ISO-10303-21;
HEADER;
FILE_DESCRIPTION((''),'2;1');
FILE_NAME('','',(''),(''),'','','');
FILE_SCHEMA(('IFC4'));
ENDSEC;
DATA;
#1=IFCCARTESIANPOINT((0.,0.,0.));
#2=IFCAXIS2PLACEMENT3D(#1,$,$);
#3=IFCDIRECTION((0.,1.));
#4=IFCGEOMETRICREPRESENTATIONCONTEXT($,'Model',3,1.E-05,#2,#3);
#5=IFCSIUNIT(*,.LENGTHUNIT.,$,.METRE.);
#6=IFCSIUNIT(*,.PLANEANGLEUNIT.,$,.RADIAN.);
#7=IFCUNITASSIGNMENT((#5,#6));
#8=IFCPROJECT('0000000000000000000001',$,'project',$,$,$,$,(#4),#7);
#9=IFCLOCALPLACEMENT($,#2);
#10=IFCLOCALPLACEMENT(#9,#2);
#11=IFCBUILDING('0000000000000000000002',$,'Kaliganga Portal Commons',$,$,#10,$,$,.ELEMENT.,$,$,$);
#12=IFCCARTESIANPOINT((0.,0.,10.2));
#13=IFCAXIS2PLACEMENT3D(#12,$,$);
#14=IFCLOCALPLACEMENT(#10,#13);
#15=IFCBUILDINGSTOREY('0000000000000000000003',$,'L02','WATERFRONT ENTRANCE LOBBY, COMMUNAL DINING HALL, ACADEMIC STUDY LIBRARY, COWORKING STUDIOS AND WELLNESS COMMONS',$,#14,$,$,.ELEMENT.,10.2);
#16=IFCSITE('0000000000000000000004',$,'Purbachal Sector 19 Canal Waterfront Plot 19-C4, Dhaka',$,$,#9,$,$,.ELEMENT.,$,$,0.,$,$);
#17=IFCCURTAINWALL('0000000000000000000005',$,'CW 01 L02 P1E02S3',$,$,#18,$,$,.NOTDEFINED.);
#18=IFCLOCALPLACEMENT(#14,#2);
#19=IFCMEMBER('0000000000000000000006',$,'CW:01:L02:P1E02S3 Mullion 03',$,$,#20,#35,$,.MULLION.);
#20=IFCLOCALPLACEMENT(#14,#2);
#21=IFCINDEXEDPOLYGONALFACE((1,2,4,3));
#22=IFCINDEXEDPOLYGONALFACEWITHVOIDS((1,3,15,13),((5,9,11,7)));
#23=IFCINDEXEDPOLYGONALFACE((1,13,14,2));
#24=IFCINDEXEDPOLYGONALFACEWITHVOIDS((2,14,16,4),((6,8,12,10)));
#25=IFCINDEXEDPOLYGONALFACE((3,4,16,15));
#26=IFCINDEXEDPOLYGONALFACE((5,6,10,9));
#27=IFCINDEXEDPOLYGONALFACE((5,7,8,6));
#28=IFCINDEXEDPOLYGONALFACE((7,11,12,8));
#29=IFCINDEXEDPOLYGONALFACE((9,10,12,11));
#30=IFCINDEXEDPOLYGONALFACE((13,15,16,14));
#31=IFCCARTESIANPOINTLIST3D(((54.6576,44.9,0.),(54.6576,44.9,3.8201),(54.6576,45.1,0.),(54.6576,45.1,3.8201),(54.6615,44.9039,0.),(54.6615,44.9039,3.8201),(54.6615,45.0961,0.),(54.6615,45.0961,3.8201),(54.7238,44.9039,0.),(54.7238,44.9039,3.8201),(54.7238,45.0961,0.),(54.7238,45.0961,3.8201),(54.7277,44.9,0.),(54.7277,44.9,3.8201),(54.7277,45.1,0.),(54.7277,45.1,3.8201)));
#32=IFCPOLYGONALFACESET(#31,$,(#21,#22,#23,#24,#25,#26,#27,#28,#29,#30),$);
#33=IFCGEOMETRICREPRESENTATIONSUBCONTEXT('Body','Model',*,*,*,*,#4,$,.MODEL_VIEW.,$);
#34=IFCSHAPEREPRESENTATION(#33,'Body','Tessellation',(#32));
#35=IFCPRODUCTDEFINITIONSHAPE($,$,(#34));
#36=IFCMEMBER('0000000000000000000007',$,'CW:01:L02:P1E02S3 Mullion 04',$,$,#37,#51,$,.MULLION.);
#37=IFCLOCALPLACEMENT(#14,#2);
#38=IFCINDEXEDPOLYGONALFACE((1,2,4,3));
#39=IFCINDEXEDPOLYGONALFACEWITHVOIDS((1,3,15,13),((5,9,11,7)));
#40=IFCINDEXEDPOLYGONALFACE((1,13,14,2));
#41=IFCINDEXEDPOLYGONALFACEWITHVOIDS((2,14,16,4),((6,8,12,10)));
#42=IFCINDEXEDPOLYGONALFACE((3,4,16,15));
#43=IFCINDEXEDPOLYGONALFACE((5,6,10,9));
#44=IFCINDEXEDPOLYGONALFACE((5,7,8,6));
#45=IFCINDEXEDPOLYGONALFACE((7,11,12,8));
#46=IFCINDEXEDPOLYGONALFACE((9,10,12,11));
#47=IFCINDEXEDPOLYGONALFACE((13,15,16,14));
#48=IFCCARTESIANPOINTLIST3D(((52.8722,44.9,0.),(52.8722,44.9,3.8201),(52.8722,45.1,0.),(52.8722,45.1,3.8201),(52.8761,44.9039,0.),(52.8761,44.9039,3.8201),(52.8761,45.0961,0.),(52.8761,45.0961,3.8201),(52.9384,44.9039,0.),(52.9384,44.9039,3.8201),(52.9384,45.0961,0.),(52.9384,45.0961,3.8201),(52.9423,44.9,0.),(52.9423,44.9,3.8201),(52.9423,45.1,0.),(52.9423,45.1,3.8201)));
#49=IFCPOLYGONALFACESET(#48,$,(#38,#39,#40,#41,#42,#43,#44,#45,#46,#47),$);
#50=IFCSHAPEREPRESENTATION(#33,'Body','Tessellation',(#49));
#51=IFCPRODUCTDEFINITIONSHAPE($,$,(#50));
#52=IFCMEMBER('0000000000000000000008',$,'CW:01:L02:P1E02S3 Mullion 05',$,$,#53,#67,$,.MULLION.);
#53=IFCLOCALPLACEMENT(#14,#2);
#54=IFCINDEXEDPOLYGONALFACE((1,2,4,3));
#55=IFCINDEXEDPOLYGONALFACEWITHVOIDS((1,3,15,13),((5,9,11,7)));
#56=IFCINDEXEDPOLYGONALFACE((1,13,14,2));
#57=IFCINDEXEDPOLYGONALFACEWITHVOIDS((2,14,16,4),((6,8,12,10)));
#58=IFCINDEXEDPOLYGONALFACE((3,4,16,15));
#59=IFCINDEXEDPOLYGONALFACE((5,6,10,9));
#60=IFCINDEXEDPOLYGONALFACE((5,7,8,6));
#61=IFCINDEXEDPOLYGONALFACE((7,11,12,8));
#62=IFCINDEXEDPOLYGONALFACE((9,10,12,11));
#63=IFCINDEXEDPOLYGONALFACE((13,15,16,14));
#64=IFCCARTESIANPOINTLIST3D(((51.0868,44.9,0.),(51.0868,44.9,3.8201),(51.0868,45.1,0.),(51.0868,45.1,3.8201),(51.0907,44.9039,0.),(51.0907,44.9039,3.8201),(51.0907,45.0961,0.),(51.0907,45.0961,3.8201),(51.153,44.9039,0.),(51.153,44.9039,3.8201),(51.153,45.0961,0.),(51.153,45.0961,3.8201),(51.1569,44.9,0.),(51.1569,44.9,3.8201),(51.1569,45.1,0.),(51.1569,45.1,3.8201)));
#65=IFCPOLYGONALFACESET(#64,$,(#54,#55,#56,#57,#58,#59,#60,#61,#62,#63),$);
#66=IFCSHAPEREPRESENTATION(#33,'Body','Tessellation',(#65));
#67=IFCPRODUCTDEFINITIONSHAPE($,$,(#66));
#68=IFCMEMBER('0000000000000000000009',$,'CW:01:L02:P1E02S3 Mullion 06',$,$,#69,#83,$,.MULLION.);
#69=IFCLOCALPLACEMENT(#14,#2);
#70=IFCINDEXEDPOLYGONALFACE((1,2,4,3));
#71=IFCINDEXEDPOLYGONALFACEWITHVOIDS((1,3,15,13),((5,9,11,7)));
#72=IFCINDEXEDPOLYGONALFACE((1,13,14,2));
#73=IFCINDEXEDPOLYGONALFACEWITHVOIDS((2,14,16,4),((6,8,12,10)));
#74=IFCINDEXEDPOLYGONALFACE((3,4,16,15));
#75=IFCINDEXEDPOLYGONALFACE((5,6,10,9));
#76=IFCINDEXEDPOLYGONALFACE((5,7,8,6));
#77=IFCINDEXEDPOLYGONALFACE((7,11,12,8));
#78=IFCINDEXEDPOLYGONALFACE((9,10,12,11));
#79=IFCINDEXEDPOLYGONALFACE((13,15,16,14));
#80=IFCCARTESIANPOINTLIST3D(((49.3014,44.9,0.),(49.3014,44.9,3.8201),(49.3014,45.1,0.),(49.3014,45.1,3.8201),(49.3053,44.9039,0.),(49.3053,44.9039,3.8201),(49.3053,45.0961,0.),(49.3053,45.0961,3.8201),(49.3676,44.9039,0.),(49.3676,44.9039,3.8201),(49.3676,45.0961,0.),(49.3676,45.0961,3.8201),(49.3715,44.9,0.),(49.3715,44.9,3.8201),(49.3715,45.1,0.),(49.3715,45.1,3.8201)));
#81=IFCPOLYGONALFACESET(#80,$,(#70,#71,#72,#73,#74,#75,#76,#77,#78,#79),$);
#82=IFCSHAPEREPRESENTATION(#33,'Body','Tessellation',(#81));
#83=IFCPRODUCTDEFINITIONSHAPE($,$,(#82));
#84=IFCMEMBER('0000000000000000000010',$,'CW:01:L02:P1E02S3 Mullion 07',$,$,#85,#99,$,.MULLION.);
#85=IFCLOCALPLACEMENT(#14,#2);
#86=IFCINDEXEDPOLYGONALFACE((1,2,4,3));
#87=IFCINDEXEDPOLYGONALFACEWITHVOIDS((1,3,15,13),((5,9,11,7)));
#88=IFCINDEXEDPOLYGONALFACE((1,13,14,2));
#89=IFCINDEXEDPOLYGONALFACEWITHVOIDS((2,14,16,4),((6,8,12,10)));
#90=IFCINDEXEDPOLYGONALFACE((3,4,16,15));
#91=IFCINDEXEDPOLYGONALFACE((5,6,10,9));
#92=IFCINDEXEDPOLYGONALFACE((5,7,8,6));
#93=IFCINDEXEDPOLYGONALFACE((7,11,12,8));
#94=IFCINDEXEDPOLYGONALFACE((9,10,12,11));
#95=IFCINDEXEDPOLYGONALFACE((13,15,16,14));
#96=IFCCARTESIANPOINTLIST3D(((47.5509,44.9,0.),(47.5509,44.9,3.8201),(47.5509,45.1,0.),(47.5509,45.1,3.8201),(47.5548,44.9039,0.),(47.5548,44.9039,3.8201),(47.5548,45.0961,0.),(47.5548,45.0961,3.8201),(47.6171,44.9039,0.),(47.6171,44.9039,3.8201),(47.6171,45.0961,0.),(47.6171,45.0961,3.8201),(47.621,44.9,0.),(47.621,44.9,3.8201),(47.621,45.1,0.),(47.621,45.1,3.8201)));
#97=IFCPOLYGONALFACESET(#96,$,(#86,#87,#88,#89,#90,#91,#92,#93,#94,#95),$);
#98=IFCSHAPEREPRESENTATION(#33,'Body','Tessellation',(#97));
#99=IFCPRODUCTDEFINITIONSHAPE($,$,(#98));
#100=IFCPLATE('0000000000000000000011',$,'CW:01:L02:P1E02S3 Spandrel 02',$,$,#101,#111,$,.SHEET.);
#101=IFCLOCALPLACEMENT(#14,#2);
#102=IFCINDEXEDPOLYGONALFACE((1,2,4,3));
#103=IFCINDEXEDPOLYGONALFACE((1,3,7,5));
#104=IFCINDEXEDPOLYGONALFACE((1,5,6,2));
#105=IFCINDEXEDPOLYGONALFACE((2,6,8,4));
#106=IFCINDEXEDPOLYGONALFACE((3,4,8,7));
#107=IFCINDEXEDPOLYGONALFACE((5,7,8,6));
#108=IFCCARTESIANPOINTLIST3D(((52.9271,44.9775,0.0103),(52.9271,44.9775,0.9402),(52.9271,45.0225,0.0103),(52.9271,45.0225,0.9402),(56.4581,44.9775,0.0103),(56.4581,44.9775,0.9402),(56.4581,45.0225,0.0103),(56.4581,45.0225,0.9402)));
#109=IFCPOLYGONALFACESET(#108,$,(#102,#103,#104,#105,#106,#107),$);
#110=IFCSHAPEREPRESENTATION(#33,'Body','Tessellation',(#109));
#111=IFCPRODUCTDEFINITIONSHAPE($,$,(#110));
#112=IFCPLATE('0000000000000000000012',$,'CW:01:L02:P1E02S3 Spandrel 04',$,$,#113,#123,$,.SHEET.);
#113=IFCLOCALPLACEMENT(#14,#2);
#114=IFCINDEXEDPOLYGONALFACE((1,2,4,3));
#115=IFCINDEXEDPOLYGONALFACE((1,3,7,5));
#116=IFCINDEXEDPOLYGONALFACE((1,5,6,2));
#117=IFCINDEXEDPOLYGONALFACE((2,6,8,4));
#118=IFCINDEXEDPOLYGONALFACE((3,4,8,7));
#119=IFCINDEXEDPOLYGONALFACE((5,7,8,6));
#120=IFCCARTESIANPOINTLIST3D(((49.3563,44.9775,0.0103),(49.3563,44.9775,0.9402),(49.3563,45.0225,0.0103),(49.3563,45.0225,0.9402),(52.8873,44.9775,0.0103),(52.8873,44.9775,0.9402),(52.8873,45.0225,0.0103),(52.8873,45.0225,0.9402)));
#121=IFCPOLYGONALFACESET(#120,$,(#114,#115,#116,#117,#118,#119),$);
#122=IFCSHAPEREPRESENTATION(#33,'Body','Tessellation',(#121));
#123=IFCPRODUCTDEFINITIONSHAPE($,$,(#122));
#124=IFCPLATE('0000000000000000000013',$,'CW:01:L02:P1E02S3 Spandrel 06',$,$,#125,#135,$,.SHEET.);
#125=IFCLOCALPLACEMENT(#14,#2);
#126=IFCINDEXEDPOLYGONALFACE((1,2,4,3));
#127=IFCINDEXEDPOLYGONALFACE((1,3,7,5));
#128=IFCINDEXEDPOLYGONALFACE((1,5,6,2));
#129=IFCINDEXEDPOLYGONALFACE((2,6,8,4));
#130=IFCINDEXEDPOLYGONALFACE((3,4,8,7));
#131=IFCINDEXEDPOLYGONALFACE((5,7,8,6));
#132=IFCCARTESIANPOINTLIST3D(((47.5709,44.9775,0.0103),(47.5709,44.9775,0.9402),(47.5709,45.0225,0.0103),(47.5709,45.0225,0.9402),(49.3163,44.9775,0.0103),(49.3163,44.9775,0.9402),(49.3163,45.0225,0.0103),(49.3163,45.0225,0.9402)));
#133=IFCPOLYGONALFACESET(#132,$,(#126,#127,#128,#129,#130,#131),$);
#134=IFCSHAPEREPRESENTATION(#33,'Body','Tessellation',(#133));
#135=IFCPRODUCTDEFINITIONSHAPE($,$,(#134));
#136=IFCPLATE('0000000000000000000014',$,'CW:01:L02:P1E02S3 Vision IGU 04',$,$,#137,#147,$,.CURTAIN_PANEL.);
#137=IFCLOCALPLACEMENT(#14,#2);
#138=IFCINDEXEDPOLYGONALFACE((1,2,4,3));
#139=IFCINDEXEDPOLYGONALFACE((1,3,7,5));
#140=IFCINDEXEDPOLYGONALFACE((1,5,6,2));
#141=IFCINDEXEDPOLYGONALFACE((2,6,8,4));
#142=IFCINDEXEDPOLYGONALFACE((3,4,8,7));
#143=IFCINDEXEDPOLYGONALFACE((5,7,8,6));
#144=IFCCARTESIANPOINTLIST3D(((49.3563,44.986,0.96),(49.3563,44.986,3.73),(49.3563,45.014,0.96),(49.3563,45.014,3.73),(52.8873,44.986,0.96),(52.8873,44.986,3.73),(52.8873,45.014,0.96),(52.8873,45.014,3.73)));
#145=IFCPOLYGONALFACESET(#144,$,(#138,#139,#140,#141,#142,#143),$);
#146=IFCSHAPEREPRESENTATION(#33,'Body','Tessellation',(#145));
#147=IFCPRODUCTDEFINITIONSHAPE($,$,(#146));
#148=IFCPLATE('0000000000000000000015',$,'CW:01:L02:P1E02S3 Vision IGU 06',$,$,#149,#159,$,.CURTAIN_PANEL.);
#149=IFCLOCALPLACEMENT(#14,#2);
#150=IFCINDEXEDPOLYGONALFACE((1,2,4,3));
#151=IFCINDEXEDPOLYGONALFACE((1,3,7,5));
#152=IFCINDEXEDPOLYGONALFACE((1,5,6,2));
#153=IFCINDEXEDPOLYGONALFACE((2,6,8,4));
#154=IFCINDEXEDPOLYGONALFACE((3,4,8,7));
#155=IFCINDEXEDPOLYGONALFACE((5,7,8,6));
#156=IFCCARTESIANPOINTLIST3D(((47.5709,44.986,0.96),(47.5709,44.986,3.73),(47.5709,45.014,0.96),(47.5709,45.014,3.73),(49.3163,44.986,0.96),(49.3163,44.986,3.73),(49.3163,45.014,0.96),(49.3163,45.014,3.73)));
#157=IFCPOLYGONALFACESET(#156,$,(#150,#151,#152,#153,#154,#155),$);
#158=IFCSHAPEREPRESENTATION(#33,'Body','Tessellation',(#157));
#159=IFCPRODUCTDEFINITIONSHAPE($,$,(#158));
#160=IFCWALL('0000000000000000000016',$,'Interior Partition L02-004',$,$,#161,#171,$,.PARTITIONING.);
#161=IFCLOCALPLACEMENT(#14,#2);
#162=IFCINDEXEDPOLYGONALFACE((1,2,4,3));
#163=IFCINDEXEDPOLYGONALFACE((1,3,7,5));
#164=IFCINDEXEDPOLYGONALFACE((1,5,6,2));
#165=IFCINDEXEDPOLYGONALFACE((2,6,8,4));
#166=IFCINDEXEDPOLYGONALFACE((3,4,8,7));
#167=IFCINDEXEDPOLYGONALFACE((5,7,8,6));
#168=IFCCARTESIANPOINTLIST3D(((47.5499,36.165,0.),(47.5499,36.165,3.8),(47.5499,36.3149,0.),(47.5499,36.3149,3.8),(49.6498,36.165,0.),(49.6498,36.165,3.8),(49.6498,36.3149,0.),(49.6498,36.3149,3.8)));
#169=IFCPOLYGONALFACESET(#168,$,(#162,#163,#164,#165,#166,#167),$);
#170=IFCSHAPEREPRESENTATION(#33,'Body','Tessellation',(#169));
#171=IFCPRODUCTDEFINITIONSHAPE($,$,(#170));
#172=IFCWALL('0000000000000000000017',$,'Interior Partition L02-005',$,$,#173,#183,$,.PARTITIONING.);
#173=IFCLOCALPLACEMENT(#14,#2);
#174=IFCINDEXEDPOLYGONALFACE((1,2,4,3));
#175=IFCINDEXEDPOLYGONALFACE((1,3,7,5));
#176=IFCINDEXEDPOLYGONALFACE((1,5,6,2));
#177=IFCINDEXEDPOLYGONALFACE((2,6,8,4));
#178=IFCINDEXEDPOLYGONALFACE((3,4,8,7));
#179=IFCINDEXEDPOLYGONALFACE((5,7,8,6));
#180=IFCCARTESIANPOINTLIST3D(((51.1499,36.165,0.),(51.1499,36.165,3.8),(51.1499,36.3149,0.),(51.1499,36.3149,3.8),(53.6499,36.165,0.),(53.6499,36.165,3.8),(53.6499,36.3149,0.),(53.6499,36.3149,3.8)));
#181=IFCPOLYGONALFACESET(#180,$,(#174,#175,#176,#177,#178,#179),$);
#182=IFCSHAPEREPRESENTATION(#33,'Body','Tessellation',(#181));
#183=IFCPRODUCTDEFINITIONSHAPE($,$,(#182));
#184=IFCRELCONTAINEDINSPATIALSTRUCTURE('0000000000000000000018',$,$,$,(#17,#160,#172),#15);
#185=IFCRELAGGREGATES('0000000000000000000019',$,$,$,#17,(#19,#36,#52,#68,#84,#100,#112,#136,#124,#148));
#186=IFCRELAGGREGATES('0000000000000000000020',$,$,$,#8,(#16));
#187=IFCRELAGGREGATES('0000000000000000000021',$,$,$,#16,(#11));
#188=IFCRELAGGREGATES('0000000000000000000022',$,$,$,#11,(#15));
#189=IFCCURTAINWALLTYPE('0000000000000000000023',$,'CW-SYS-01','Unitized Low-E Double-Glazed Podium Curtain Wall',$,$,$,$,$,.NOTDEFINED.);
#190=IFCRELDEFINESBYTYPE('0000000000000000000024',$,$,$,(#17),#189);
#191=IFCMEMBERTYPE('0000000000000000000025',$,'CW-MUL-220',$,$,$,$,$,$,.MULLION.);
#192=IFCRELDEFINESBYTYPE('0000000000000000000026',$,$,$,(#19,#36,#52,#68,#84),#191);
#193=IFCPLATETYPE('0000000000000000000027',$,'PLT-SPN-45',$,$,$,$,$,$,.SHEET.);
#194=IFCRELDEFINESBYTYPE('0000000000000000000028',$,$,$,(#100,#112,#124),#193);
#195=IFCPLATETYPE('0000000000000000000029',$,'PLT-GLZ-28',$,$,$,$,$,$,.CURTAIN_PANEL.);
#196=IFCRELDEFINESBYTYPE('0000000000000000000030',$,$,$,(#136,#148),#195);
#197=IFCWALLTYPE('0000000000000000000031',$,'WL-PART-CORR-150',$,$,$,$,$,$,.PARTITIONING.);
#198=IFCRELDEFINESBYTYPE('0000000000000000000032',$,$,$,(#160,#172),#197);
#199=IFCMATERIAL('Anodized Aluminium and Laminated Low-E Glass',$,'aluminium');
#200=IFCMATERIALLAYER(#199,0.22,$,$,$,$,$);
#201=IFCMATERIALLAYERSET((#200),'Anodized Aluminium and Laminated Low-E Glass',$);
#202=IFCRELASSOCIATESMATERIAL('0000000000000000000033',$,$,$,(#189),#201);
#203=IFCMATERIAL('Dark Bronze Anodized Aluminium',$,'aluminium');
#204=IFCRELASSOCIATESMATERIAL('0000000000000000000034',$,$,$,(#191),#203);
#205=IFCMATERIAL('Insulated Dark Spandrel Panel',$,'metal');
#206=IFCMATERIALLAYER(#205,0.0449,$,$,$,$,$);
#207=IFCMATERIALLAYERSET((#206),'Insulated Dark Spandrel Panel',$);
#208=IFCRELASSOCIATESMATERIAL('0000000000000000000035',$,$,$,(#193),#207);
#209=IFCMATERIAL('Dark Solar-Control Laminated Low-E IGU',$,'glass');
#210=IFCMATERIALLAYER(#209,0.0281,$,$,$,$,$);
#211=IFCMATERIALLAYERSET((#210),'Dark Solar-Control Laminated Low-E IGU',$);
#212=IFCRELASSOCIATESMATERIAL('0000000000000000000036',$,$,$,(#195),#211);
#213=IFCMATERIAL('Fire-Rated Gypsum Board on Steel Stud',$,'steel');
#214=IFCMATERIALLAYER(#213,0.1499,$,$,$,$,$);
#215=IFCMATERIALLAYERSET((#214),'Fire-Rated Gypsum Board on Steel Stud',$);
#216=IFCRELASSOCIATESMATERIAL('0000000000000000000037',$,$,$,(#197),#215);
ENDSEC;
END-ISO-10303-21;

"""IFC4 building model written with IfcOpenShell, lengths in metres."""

from ifc_helpers import new_model, si_unit, direction, frame, frame_2d, origin, origin_2d, place, context, subcontext, project, spatial, rectangle, hollow_rectangle, extrude, source, transform, mapped, material, layer, layer_set, material_profile, profile_set, type_object, element, aggregate, save


model = new_model("IFC4")

# Units and contexts
model_context = context("Model", 3, precision=1e-05, world=origin(), true_north=direction((0.0, 1.0)))
body_context = subcontext(model_context, "Body", "Model", "MODEL_VIEW")
ifc_project = project(units=[si_unit("LENGTHUNIT", "METRE"), si_unit("PLANEANGLEUNIT", "RADIAN")], contexts=[model_context])

# Site, building, storey
site_placement = place(None, origin())
site = spatial("IfcSite", under=ifc_project, at=site_placement, Name="Purbachal Sector 19 Canal Waterfront Plot 19-C4, Dhaka", CompositionType="ELEMENT", RefElevation=0.0)
building_placement = place(site_placement, origin())
building = spatial("IfcBuilding", under=site, at=building_placement, Name="Kaliganga Portal Commons", CompositionType="ELEMENT")
storey_placement = place(building_placement, frame((0.0, 0.0, 10.2)))
storey = spatial("IfcBuildingStorey", under=building, at=storey_placement, Name="L02", Description="WATERFRONT ENTRANCE LOBBY, COMMUNAL DINING HALL, ACADEMIC STUDY LIBRARY, COWORKING STUDIOS AND WELLNESS COMMONS", CompositionType="ELEMENT", Elevation=10.2)

# Curtain wall, members, plates
ifc_material_1 = material(Name="Anodized Aluminium and Laminated Low-E Glass", Category="aluminium")
ifc_layer_1 = layer(ifc_material_1, 0.22)
ifc_layer_set_1 = layer_set([ifc_layer_1], Name="Anodized Aluminium and Laminated Low-E Glass")
curtain_wall_type = type_object("IfcCurtainWallType", Name="CW-SYS-01", Description="Unitized Low-E Double-Glazed Podium Curtain Wall", PredefinedType="NOTDEFINED", material=ifc_layer_set_1)
curtain_wall_placement = place(storey_placement, origin())
curtain_wall = element("IfcCurtainWall", 1, at=curtain_wall_placement, inside=storey, type_object=curtain_wall_type, Name="CW 01 L02 P1E02S3", PredefinedType="NOTDEFINED")
ifc_material_2 = material(Name="Dark Bronze Anodized Aluminium", Category="aluminium")
ifc_material_profile_1 = material_profile(ifc_material_2, hollow_rectangle(XDim=0.0701, YDim=0.2, WallThickness=0.0039, at=origin_2d()), Name="ALU MULL 70x200x4")
ifc_profile_set_1 = profile_set([ifc_material_profile_1], Name="Dark Bronze Anodized Aluminium")
member_type = type_object("IfcMemberType", Name="CW-MUL-220", PredefinedType="MULLION", material=ifc_profile_set_1)
shared_shape_1 = source(origin(), body_context, "Body", "SweptSolid", [
    extrude(hollow_rectangle(XDim=0.0701, YDim=0.2, WallThickness=0.0039, at=origin_2d()), origin(), (0.0, 0.0, 1.0), 3.8201),
])
member_1_placement = place(storey_placement, frame((54.6926, 45.0, 0.0), z_axis=(0.0, 0.0, 1.0), x_axis=(-1.0, 0.0, 0.0)))
member_1 = element("IfcMember", 2, at=member_1_placement, type_object=member_type, Name="CW:01:L02:P1E02S3 Mullion 03", PredefinedType="MULLION", context=body_context, shape_type="MappedRepresentation", body=[
    mapped(shared_shape_1, transform((0.0, 0.0, 0.0), x_axis=(1.0, 0.0, 0.0), y_axis=(0.0, 1.0, 0.0), z_axis=(0.0, 0.0, 1.0), scale=1.0)),
])
member_2_placement = place(storey_placement, frame((52.9072, 45.0, 0.0), z_axis=(0.0, 0.0, 1.0), x_axis=(-1.0, 0.0, 0.0)))
member_2 = element("IfcMember", 3, at=member_2_placement, type_object=member_type, Name="CW:01:L02:P1E02S3 Mullion 04", PredefinedType="MULLION", context=body_context, shape_type="MappedRepresentation", body=[
    mapped(shared_shape_1, transform((0.0, 0.0, 0.0), x_axis=(1.0, 0.0, 0.0), y_axis=(0.0, 1.0, 0.0), z_axis=(0.0, 0.0, 1.0), scale=1.0)),
])
member_3_placement = place(storey_placement, frame((51.1218, 45.0, 0.0), z_axis=(0.0, 0.0, 1.0), x_axis=(-1.0, 0.0, 0.0)))
member_3 = element("IfcMember", 4, at=member_3_placement, type_object=member_type, Name="CW:01:L02:P1E02S3 Mullion 05", PredefinedType="MULLION", context=body_context, shape_type="MappedRepresentation", body=[
    mapped(shared_shape_1, transform((0.0, 0.0, 0.0), x_axis=(1.0, 0.0, 0.0), y_axis=(0.0, 1.0, 0.0), z_axis=(0.0, 0.0, 1.0), scale=1.0)),
])
member_4_placement = place(storey_placement, frame((49.3364, 45.0, 0.0), z_axis=(0.0, 0.0, 1.0), x_axis=(-1.0, 0.0, 0.0)))
member_4 = element("IfcMember", 5, at=member_4_placement, type_object=member_type, Name="CW:01:L02:P1E02S3 Mullion 06", PredefinedType="MULLION", context=body_context, shape_type="MappedRepresentation", body=[
    mapped(shared_shape_1, transform((0.0, 0.0, 0.0), x_axis=(1.0, 0.0, 0.0), y_axis=(0.0, 1.0, 0.0), z_axis=(0.0, 0.0, 1.0), scale=1.0)),
])
member_5_placement = place(storey_placement, frame((47.5859, 45.0, 0.0), z_axis=(0.0, 0.0, 1.0), x_axis=(-1.0, 0.0, 0.0)))
member_5 = element("IfcMember", 6, at=member_5_placement, type_object=member_type, Name="CW:01:L02:P1E02S3 Mullion 07", PredefinedType="MULLION", context=body_context, shape_type="MappedRepresentation", body=[
    mapped(shared_shape_1, transform((0.0, 0.0, 0.0), x_axis=(1.0, 0.0, 0.0), y_axis=(0.0, 1.0, 0.0), z_axis=(0.0, 0.0, 1.0), scale=1.0)),
])
ifc_material_3 = material(Name="Insulated Dark Spandrel Panel", Category="metal")
ifc_layer_2 = layer(ifc_material_3, 0.0449)
ifc_layer_set_2 = layer_set([ifc_layer_2], Name="Insulated Dark Spandrel Panel")
plate_type_1 = type_object("IfcPlateType", Name="PLT-SPN-45", PredefinedType="SHEET", material=ifc_layer_set_2)
shared_shape_2 = source(origin(), body_context, "Body", "SweptSolid", [
    extrude(rectangle(XDim=3.531, YDim=0.0449, at=origin_2d()), origin(), (0.0, 0.0, 1.0), 0.9299),
])
plate_1_placement = place(storey_placement, frame((54.6926, 45.0, 0.0103), z_axis=(0.0, 0.0, 1.0), x_axis=(-1.0, 0.0, 0.0)))
plate_1 = element("IfcPlate", 7, at=plate_1_placement, type_object=plate_type_1, Name="CW:01:L02:P1E02S3 Spandrel 02", PredefinedType="SHEET", context=body_context, shape_type="MappedRepresentation", body=[
    mapped(shared_shape_2, transform((0.0, 0.0, 0.0), x_axis=(1.0, 0.0, 0.0), y_axis=(0.0, 1.0, 0.0), z_axis=(0.0, 0.0, 1.0), scale=1.0)),
])
plate_2_placement = place(storey_placement, frame((51.1218, 45.0, 0.0103), z_axis=(0.0, 0.0, 1.0), x_axis=(-1.0, 0.0, 0.0)))
plate_2 = element("IfcPlate", 8, at=plate_2_placement, type_object=plate_type_1, Name="CW:01:L02:P1E02S3 Spandrel 04", PredefinedType="SHEET", context=body_context, shape_type="MappedRepresentation", body=[
    mapped(shared_shape_2, transform((0.0, 0.0, 0.0), x_axis=(1.0, 0.0, 0.0), y_axis=(0.0, 1.0, 0.0), z_axis=(0.0, 0.0, 1.0), scale=1.0)),
])
shared_shape_3 = source(origin(), body_context, "Body", "SweptSolid", [
    extrude(rectangle(XDim=1.7454, YDim=0.0449, at=origin_2d()), origin(), (0.0, 0.0, 1.0), 0.9299),
])
plate_3_placement = place(storey_placement, frame((48.4436, 45.0, 0.0103), z_axis=(0.0, 0.0, 1.0), x_axis=(-1.0, 0.0, 0.0)))
plate_3 = element("IfcPlate", 9, at=plate_3_placement, type_object=plate_type_1, Name="CW:01:L02:P1E02S3 Spandrel 06", PredefinedType="SHEET", context=body_context, shape_type="MappedRepresentation", body=[
    mapped(shared_shape_3, transform((0.0, 0.0, 0.0), x_axis=(1.0, 0.0, 0.0), y_axis=(0.0, 1.0, 0.0), z_axis=(0.0, 0.0, 1.0), scale=1.0)),
])
ifc_material_4 = material(Name="Dark Solar-Control Laminated Low-E IGU", Category="glass")
ifc_layer_3 = layer(ifc_material_4, 0.0281)
ifc_layer_set_3 = layer_set([ifc_layer_3], Name="Dark Solar-Control Laminated Low-E IGU")
plate_type_2 = type_object("IfcPlateType", Name="PLT-GLZ-28", PredefinedType="CURTAIN_PANEL", material=ifc_layer_set_3)
shared_shape_4 = source(origin(), body_context, "Body", "SweptSolid", [
    extrude(rectangle(XDim=3.531, YDim=0.0281, at=origin_2d()), origin(), (0.0, 0.0, 1.0), 2.77),
])
plate_4_placement = place(storey_placement, frame((51.1218, 45.0, 0.96), z_axis=(0.0, 0.0, 1.0), x_axis=(-1.0, 0.0, 0.0)))
plate_4 = element("IfcPlate", 10, at=plate_4_placement, type_object=plate_type_2, Name="CW:01:L02:P1E02S3 Vision IGU 04", PredefinedType="CURTAIN_PANEL", context=body_context, shape_type="MappedRepresentation", body=[
    mapped(shared_shape_4, transform((0.0, 0.0, 0.0), x_axis=(1.0, 0.0, 0.0), y_axis=(0.0, 1.0, 0.0), z_axis=(0.0, 0.0, 1.0), scale=1.0)),
])
shared_shape_5 = source(origin(), body_context, "Body", "SweptSolid", [
    extrude(rectangle(XDim=1.7454, YDim=0.0281, at=origin_2d()), origin(), (0.0, 0.0, 1.0), 2.77),
])
plate_5_placement = place(storey_placement, frame((48.4436, 45.0, 0.96), z_axis=(0.0, 0.0, 1.0), x_axis=(-1.0, 0.0, 0.0)))
plate_5 = element("IfcPlate", 11, at=plate_5_placement, type_object=plate_type_2, Name="CW:01:L02:P1E02S3 Vision IGU 06", PredefinedType="CURTAIN_PANEL", context=body_context, shape_type="MappedRepresentation", body=[
    mapped(shared_shape_5, transform((0.0, 0.0, 0.0), x_axis=(1.0, 0.0, 0.0), y_axis=(0.0, 1.0, 0.0), z_axis=(0.0, 0.0, 1.0), scale=1.0)),
])
aggregate(curtain_wall, [member_1, member_2, member_3, member_4, member_5, plate_1, plate_2, plate_4, plate_3, plate_5])

# Walls
ifc_material_5 = material(Name="Fire-Rated Gypsum Board on Steel Stud", Category="steel")
ifc_layer_4 = layer(ifc_material_5, 0.1499)
ifc_layer_set_4 = layer_set([ifc_layer_4], Name="Fire-Rated Gypsum Board on Steel Stud")
wall_type = type_object("IfcWallType", Name="WL-PART-CORR-150", PredefinedType="PARTITIONING", material=ifc_layer_set_4)
wall_1_placement = place(storey_placement, frame((47.55, 36.24, 0.0), z_axis=(0.0, 0.0, 1.0), x_axis=(1.0, 0.0, 0.0)))
element("IfcWall", 12, at=wall_1_placement, inside=storey, type_object=wall_type, Name="Interior Partition L02-004", PredefinedType="PARTITIONING", context=body_context, shape_type="SweptSolid", body=[
    extrude(rectangle(XDim=2.0999, YDim=0.1499, at=frame_2d((1.0498, 0.0))), origin(), (0.0, 0.0, 1.0), 3.8),
])
wall_2_placement = place(storey_placement, frame((51.1499, 36.24, 0.0), z_axis=(0.0, 0.0, 1.0), x_axis=(1.0, 0.0, 0.0)))
element("IfcWall", 13, at=wall_2_placement, inside=storey, type_object=wall_type, Name="Interior Partition L02-005", PredefinedType="PARTITIONING", context=body_context, shape_type="SweptSolid", body=[
    extrude(rectangle(XDim=2.5, YDim=0.1499, at=frame_2d((1.25, 0.0))), origin(), (0.0, 0.0, 1.0), 3.8),
])

save(model, "model.ifc")
